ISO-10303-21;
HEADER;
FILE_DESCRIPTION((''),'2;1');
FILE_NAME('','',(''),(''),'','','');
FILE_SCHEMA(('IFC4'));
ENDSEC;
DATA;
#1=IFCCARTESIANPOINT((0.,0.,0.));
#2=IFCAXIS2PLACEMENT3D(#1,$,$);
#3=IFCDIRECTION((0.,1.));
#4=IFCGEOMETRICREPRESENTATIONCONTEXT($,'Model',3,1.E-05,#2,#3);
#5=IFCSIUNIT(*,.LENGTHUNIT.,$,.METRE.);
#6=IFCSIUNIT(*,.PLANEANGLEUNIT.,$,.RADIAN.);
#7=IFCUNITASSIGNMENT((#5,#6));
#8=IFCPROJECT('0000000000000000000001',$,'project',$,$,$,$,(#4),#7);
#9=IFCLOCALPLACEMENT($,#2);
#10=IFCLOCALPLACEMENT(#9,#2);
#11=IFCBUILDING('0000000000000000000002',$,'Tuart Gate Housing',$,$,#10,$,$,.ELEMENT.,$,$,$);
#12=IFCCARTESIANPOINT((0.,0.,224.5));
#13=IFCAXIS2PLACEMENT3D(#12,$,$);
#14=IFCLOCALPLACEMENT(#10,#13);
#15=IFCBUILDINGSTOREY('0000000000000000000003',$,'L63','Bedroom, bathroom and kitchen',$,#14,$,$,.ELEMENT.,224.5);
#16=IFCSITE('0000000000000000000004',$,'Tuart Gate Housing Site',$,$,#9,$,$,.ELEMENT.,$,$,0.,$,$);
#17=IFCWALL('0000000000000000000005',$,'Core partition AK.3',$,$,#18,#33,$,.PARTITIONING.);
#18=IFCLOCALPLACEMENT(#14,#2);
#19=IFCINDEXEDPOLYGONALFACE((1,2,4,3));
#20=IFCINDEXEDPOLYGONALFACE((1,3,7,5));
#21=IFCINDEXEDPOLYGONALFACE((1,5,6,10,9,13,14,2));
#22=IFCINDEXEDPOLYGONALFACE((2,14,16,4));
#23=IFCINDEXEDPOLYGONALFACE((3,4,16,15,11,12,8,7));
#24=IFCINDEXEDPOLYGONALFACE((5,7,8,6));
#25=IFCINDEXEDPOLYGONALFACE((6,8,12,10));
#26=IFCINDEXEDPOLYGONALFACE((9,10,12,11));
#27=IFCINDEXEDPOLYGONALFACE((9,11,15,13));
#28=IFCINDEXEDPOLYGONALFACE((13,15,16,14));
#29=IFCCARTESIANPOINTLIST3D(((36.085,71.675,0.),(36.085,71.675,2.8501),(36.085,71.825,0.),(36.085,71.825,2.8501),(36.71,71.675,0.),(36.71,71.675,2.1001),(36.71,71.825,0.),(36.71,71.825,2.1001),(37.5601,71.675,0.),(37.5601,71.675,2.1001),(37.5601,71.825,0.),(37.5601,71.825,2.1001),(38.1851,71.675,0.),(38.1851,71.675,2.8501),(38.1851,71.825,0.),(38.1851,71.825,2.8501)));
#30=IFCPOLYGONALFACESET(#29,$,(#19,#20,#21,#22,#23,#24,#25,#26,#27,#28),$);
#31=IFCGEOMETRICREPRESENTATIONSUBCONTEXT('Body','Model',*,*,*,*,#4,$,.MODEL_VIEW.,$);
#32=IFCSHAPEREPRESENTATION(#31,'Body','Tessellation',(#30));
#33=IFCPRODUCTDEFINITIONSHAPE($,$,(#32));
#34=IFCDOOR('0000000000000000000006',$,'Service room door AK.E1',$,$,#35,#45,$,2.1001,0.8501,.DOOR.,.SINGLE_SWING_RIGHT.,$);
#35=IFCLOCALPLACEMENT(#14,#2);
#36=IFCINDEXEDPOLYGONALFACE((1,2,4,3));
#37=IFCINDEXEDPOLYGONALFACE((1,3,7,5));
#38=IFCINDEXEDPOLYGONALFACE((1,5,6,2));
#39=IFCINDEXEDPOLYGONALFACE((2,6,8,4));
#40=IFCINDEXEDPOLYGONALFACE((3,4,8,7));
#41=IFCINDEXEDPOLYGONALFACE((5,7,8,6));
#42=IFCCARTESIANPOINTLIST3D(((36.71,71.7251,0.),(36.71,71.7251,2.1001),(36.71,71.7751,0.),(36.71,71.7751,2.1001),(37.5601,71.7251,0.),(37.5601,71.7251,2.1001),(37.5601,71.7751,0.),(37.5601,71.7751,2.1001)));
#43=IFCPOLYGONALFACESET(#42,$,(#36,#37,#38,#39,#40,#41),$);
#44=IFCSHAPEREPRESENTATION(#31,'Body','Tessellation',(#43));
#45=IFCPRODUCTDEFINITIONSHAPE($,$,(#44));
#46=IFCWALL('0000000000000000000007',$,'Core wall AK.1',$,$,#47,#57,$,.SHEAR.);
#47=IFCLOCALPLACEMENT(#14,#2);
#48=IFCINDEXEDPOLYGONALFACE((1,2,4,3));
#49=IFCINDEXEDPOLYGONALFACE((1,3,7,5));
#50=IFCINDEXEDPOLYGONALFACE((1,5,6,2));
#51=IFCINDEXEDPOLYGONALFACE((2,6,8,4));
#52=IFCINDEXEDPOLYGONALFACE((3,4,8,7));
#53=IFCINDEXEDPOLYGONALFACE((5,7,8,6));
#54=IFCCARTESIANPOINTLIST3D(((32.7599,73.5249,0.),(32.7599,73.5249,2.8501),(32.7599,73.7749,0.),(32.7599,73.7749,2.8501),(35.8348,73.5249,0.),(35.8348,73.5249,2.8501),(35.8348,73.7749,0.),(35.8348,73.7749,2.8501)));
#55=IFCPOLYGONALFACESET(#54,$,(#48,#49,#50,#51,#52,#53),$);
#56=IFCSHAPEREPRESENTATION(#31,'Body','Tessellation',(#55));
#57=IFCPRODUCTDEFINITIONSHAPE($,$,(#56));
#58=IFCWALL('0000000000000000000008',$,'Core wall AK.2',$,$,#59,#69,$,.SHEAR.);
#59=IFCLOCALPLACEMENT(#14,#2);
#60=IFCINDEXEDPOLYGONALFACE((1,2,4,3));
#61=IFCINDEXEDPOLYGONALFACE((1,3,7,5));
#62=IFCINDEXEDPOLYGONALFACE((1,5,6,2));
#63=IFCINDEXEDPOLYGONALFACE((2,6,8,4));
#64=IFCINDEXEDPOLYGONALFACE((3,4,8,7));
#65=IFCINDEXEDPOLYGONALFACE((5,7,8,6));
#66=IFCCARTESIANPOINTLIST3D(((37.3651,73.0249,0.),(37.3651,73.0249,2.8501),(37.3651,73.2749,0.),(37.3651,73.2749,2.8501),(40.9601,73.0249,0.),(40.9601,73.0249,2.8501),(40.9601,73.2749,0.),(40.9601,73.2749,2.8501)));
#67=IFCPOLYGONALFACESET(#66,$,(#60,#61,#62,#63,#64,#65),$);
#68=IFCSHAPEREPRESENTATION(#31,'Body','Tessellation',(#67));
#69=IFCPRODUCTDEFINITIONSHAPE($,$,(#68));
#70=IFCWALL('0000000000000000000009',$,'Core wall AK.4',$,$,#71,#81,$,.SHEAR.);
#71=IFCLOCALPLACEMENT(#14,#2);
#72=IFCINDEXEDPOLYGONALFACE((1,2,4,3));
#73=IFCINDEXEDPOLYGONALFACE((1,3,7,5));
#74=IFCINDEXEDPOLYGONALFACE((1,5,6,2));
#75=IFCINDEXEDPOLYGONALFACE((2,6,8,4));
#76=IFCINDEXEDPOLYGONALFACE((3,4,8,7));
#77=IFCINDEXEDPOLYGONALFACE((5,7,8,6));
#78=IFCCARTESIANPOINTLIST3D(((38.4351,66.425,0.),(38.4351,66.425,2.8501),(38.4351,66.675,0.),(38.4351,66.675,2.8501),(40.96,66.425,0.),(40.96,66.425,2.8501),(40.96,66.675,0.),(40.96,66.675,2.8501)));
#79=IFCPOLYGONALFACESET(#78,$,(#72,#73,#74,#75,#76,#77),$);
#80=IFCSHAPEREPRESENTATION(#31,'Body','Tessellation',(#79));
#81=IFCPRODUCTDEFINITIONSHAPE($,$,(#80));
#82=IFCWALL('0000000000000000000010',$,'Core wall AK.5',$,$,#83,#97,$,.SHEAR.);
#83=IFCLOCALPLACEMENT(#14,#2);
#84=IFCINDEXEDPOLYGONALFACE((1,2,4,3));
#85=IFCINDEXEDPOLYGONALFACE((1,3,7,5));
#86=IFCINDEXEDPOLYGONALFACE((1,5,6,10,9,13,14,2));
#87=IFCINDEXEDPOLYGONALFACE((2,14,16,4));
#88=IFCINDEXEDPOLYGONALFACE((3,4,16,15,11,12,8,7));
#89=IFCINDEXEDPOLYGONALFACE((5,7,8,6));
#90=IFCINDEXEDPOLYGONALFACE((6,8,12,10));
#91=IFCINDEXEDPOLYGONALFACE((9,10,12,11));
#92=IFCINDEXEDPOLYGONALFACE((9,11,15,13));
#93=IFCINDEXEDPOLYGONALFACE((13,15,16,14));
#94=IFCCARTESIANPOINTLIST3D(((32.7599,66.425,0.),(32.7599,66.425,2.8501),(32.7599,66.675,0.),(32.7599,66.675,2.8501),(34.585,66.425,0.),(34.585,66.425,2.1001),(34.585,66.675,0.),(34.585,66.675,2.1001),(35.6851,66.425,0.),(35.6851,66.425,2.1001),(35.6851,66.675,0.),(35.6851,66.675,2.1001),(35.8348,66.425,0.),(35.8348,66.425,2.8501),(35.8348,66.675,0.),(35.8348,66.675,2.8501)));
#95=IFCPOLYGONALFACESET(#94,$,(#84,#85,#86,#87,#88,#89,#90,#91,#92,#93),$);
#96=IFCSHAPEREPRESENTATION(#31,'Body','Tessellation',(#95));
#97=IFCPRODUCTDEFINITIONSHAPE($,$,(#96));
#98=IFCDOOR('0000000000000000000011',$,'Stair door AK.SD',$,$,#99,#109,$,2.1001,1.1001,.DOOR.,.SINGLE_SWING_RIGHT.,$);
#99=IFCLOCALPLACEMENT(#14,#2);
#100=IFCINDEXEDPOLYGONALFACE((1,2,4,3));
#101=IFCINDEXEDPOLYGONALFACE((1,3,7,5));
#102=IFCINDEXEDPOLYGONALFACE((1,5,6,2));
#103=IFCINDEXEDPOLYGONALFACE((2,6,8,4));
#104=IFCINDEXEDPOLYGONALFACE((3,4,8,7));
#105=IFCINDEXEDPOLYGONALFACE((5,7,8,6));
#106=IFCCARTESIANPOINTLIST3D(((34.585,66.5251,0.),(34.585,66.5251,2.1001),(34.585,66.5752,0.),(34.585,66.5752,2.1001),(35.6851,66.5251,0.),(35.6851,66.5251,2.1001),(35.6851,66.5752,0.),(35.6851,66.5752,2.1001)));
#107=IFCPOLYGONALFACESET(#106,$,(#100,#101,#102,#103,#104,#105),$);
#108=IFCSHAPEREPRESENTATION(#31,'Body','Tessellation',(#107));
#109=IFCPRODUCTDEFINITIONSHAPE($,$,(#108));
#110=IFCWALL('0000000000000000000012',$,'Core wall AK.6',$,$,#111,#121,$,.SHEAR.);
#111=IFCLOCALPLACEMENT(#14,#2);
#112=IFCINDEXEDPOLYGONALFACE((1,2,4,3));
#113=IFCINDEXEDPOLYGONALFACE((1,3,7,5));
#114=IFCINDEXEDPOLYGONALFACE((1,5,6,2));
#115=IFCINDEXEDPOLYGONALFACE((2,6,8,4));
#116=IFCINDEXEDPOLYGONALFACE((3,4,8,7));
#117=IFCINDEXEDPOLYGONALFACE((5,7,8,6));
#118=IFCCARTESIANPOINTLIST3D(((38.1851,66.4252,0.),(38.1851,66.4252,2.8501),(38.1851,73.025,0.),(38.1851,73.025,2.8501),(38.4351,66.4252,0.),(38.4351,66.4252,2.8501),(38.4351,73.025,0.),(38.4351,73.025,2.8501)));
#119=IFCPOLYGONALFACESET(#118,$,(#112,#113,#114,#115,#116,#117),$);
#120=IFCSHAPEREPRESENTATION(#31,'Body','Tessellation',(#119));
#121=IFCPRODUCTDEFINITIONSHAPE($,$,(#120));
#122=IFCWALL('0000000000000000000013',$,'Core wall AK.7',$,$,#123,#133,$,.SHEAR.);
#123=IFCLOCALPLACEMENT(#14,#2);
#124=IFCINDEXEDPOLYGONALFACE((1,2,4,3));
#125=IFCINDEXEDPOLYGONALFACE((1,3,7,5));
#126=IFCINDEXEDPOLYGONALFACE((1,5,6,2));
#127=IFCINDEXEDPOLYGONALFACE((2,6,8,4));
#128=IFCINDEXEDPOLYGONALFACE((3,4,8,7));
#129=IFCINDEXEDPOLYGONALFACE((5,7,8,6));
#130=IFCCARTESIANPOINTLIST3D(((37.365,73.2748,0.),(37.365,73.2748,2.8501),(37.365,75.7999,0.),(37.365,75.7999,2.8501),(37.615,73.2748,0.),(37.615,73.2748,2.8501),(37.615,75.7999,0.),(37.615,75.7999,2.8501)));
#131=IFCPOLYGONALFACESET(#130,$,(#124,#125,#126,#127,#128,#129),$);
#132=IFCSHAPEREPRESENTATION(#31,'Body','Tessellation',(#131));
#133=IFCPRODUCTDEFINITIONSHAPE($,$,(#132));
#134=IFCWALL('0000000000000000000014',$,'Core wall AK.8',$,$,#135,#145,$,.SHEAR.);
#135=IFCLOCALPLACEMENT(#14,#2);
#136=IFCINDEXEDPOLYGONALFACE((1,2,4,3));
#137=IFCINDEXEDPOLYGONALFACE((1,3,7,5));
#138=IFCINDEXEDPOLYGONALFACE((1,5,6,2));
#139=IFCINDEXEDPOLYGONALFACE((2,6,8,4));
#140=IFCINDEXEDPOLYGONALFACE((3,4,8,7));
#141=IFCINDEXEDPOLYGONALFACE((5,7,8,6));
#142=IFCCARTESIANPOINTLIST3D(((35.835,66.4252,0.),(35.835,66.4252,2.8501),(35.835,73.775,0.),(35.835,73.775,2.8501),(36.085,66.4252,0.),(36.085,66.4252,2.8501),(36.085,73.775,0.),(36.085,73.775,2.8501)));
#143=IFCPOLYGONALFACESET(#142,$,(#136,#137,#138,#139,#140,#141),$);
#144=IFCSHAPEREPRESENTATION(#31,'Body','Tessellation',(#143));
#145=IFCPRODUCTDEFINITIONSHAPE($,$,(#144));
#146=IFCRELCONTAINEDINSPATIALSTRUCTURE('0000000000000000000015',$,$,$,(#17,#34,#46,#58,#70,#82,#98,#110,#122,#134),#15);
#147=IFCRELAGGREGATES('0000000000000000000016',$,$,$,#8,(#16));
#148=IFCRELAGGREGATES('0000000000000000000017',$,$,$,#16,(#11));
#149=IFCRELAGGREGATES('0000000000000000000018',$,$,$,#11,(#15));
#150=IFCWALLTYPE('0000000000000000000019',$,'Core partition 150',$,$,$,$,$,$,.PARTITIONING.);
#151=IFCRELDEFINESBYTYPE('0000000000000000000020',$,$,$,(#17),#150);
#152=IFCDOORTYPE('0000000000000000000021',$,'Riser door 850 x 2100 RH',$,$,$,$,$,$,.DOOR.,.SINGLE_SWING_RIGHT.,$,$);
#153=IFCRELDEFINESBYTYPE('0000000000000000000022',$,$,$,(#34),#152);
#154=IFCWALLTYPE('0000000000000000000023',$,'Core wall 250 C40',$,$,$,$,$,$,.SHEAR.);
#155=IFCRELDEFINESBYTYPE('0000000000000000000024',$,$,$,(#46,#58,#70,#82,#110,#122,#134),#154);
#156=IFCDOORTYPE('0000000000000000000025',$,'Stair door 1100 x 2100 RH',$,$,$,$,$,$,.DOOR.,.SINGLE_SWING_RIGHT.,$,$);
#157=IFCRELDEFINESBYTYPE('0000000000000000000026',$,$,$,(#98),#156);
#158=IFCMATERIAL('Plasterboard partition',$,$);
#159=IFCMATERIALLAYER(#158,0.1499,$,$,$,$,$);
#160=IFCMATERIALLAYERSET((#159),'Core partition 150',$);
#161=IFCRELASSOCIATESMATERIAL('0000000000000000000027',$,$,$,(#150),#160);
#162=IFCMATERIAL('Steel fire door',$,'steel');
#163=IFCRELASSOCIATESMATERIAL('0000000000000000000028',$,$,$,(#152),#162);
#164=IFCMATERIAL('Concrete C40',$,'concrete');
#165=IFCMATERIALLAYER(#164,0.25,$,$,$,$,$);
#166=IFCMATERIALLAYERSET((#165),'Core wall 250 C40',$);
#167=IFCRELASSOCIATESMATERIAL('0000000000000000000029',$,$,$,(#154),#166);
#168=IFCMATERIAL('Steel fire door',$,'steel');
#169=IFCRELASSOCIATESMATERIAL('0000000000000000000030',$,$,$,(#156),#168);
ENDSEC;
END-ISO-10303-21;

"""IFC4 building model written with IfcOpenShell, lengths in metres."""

from ifc_helpers import new_model, si_unit, direction, frame, frame_2d, origin, place, context, subcontext, project, spatial, rectangle, extrude, material, layer, layer_set, type_object, element, fill, save


model = new_model("IFC4")

# Units and contexts
model_context = context("Model", 3, precision=1e-05, world=origin(), true_north=direction((0.0, 1.0)))
body_context = subcontext(model_context, "Body", "Model", "MODEL_VIEW")
ifc_project = project(units=[si_unit("LENGTHUNIT", "METRE"), si_unit("PLANEANGLEUNIT", "RADIAN")], contexts=[model_context])

# Site, building, storey
site_placement = place(None, origin())
site = spatial("IfcSite", under=ifc_project, at=site_placement, Name="Tuart Gate Housing Site", CompositionType="ELEMENT", RefElevation=0.0)
building_placement = place(site_placement, origin())
building = spatial("IfcBuilding", under=site, at=building_placement, Name="Tuart Gate Housing", CompositionType="ELEMENT")
storey_placement = place(building_placement, frame((0.0, 0.0, 224.5)))
storey = spatial("IfcBuildingStorey", under=building, at=storey_placement, Name="L63", Description="Bedroom, bathroom and kitchen", CompositionType="ELEMENT", Elevation=224.5)

# Wall, opening, door
ifc_material_1 = material(Name="Plasterboard partition")
ifc_layer_1 = layer(ifc_material_1, 0.1499)
ifc_layer_set_1 = layer_set([ifc_layer_1], Name="Core partition 150")
wall_type_1 = type_object("IfcWallType", Name="Core partition 150", PredefinedType="PARTITIONING", material=ifc_layer_set_1)
wall_1_placement = place(storey_placement, frame((38.1851, 71.75, 0.0), z_axis=(0.0, 0.0, 1.0), x_axis=(-1.0, 0.0, 0.0)))
wall_1 = element("IfcWall", 1, at=wall_1_placement, inside=storey, type_object=wall_type_1, Name="Core partition AK.3", PredefinedType="PARTITIONING", context=body_context, shape_type="SweptSolid", body=[
    extrude(rectangle(XDim=2.1001, YDim=0.1499, at=frame_2d((1.05, 0.0))), origin(), (0.0, 0.0, 1.0), 2.8501),
])
opening_1_placement = place(wall_1_placement, frame((0.625, 0.0, 0.0)))
opening_1 = element("IfcOpeningElement", 2, at=opening_1_placement, cuts=wall_1, PredefinedType="OPENING", context=body_context, shape_type="SweptSolid", body=[
    extrude(rectangle(XDim=0.8501, YDim=2.1001, at=frame_2d((0.425, 1.05))), frame((0.0, 0.085, 0.0), z_axis=(0.0, -1.0, 0.0), x_axis=(1.0, 0.0, 0.0)), (0.0, 0.0, 1.0), 0.1699),
])
ifc_material_2 = material(Name="Steel fire door", Category="steel")
door_type_1 = type_object("IfcDoorType", Name="Riser door 850 x 2100 RH", OperationType="SINGLE_SWING_RIGHT", PredefinedType="DOOR", material=ifc_material_2)
door_1_placement = place(opening_1_placement, frame((0.8501, 0.0, 0.0), z_axis=(0.0, 0.0, 1.0), x_axis=(-1.0, 0.0, 0.0)))
door_1 = element("IfcDoor", 3, at=door_1_placement, inside=storey, type_object=door_type_1, Name="Service room door AK.E1", OperationType="SINGLE_SWING_RIGHT", OverallHeight=2.1001, OverallWidth=0.8501, PredefinedType="DOOR", context=body_context, shape_type="SweptSolid", body=[
    extrude(rectangle(XDim=0.8501, YDim=2.1001, at=frame_2d((0.425, 1.05))), frame((0.0, 0.0251, 0.0), z_axis=(0.0, -1.0, 0.0), x_axis=(1.0, 0.0, 0.0)), (0.0, 0.0, 1.0), 0.05),
])
fill(opening_1, door_1)

# Walls
ifc_material_3 = material(Name="Concrete C40", Category="concrete")
ifc_layer_2 = layer(ifc_material_3, 0.25)
ifc_layer_set_2 = layer_set([ifc_layer_2], Name="Core wall 250 C40")
wall_type_2 = type_object("IfcWallType", Name="Core wall 250 C40", PredefinedType="SHEAR", material=ifc_layer_set_2)
wall_2_placement = place(storey_placement, frame((35.835, 73.6499, 0.0), z_axis=(0.0, 0.0, 1.0), x_axis=(-1.0, 0.0, 0.0)))
element("IfcWall", 4, at=wall_2_placement, inside=storey, type_object=wall_type_2, Name="Core wall AK.1", PredefinedType="SHEAR", context=body_context, shape_type="SweptSolid", body=[
    extrude(rectangle(XDim=3.075, YDim=0.25, at=frame_2d((1.5376, 0.0))), origin(), (0.0, 0.0, 1.0), 2.8501),
])
wall_3_placement = place(storey_placement, frame((40.96, 73.1499, 0.0), z_axis=(0.0, 0.0, 1.0), x_axis=(-1.0, 0.0, 0.0)))
element("IfcWall", 5, at=wall_3_placement, inside=storey, type_object=wall_type_2, Name="Core wall AK.2", PredefinedType="SHEAR", context=body_context, shape_type="SweptSolid", body=[
    extrude(rectangle(XDim=3.595, YDim=0.25, at=frame_2d((1.7974, 0.0))), origin(), (0.0, 0.0, 1.0), 2.8501),
])
wall_4_placement = place(storey_placement, frame((40.96, 66.55, 0.0), z_axis=(0.0, 0.0, 1.0), x_axis=(-1.0, 0.0, 0.0)))
element("IfcWall", 6, at=wall_4_placement, inside=storey, type_object=wall_type_2, Name="Core wall AK.4", PredefinedType="SHEAR", context=body_context, shape_type="SweptSolid", body=[
    extrude(rectangle(XDim=2.5249, YDim=0.25, at=frame_2d((1.2625, 0.0))), origin(), (0.0, 0.0, 1.0), 2.8501),
])

# Wall, opening, door
wall_5_placement = place(storey_placement, frame((35.835, 66.55, 0.0), z_axis=(0.0, 0.0, 1.0), x_axis=(-1.0, 0.0, 0.0)))
wall_5 = element("IfcWall", 7, at=wall_5_placement, inside=storey, type_object=wall_type_2, Name="Core wall AK.5", PredefinedType="SHEAR", context=body_context, shape_type="SweptSolid", body=[
    extrude(rectangle(XDim=3.075, YDim=0.25, at=frame_2d((1.5376, 0.0))), origin(), (0.0, 0.0, 1.0), 2.8501),
])
opening_2_placement = place(wall_5_placement, frame((0.1499, 0.0, 0.0)))
opening_2 = element("IfcOpeningElement", 8, at=opening_2_placement, cuts=wall_5, PredefinedType="OPENING", context=body_context, shape_type="SweptSolid", body=[
    extrude(rectangle(XDim=1.1001, YDim=2.1001, at=frame_2d((0.55, 1.05))), frame((0.0, 0.135, 0.0), z_axis=(0.0, -1.0, 0.0), x_axis=(1.0, 0.0, 0.0)), (0.0, 0.0, 1.0), 0.27),
])
ifc_material_4 = material(Name="Steel fire door", Category="steel")
door_type_2 = type_object("IfcDoorType", Name="Stair door 1100 x 2100 RH", OperationType="SINGLE_SWING_RIGHT", PredefinedType="DOOR", material=ifc_material_4)
door_2_placement = place(opening_2_placement, frame((1.1001, 0.0, 0.0), z_axis=(0.0, 0.0, 1.0), x_axis=(-1.0, 0.0, 0.0)))
door_2 = element("IfcDoor", 9, at=door_2_placement, inside=storey, type_object=door_type_2, Name="Stair door AK.SD", OperationType="SINGLE_SWING_RIGHT", OverallHeight=2.1001, OverallWidth=1.1001, PredefinedType="DOOR", context=body_context, shape_type="SweptSolid", body=[
    extrude(rectangle(XDim=1.1001, YDim=2.1001, at=frame_2d((0.55, 1.05))), frame((0.0, 0.0251, 0.0), z_axis=(0.0, -1.0, 0.0), x_axis=(1.0, 0.0, 0.0)), (0.0, 0.0, 1.0), 0.05),
])
fill(opening_2, door_2)

# Walls
wall_6_placement = place(storey_placement, frame((38.3101, 73.0249, 0.0), z_axis=(0.0, 0.0, 1.0), x_axis=(0.0, -1.0, 0.0)))
element("IfcWall", 10, at=wall_6_placement, inside=storey, type_object=wall_type_2, Name="Core wall AK.6", PredefinedType="SHEAR", context=body_context, shape_type="SweptSolid", body=[
    extrude(rectangle(XDim=6.5999, YDim=0.25, at=frame_2d((3.2998, 0.0))), origin(), (0.0, 0.0, 1.0), 2.8501),
])
wall_7_placement = place(storey_placement, frame((37.49, 75.8, 0.0), z_axis=(0.0, 0.0, 1.0), x_axis=(0.0, -1.0, 0.0)))
element("IfcWall", 11, at=wall_7_placement, inside=storey, type_object=wall_type_2, Name="Core wall AK.7", PredefinedType="SHEAR", context=body_context, shape_type="SweptSolid", body=[
    extrude(rectangle(XDim=2.5251, YDim=0.25, at=frame_2d((1.2627, 0.0))), origin(), (0.0, 0.0, 1.0), 2.8501),
])
wall_8_placement = place(storey_placement, frame((35.96, 73.7749, 0.0), z_axis=(0.0, 0.0, 1.0), x_axis=(0.0, -1.0, 0.0)))
element("IfcWall", 12, at=wall_8_placement, inside=storey, type_object=wall_type_2, Name="Core wall AK.8", PredefinedType="SHEAR", context=body_context, shape_type="SweptSolid", body=[
    extrude(rectangle(XDim=7.3499, YDim=0.25, at=frame_2d((3.6748, 0.0))), origin(), (0.0, 0.0, 1.0), 2.8501),
])

save(model, "model.ifc")
